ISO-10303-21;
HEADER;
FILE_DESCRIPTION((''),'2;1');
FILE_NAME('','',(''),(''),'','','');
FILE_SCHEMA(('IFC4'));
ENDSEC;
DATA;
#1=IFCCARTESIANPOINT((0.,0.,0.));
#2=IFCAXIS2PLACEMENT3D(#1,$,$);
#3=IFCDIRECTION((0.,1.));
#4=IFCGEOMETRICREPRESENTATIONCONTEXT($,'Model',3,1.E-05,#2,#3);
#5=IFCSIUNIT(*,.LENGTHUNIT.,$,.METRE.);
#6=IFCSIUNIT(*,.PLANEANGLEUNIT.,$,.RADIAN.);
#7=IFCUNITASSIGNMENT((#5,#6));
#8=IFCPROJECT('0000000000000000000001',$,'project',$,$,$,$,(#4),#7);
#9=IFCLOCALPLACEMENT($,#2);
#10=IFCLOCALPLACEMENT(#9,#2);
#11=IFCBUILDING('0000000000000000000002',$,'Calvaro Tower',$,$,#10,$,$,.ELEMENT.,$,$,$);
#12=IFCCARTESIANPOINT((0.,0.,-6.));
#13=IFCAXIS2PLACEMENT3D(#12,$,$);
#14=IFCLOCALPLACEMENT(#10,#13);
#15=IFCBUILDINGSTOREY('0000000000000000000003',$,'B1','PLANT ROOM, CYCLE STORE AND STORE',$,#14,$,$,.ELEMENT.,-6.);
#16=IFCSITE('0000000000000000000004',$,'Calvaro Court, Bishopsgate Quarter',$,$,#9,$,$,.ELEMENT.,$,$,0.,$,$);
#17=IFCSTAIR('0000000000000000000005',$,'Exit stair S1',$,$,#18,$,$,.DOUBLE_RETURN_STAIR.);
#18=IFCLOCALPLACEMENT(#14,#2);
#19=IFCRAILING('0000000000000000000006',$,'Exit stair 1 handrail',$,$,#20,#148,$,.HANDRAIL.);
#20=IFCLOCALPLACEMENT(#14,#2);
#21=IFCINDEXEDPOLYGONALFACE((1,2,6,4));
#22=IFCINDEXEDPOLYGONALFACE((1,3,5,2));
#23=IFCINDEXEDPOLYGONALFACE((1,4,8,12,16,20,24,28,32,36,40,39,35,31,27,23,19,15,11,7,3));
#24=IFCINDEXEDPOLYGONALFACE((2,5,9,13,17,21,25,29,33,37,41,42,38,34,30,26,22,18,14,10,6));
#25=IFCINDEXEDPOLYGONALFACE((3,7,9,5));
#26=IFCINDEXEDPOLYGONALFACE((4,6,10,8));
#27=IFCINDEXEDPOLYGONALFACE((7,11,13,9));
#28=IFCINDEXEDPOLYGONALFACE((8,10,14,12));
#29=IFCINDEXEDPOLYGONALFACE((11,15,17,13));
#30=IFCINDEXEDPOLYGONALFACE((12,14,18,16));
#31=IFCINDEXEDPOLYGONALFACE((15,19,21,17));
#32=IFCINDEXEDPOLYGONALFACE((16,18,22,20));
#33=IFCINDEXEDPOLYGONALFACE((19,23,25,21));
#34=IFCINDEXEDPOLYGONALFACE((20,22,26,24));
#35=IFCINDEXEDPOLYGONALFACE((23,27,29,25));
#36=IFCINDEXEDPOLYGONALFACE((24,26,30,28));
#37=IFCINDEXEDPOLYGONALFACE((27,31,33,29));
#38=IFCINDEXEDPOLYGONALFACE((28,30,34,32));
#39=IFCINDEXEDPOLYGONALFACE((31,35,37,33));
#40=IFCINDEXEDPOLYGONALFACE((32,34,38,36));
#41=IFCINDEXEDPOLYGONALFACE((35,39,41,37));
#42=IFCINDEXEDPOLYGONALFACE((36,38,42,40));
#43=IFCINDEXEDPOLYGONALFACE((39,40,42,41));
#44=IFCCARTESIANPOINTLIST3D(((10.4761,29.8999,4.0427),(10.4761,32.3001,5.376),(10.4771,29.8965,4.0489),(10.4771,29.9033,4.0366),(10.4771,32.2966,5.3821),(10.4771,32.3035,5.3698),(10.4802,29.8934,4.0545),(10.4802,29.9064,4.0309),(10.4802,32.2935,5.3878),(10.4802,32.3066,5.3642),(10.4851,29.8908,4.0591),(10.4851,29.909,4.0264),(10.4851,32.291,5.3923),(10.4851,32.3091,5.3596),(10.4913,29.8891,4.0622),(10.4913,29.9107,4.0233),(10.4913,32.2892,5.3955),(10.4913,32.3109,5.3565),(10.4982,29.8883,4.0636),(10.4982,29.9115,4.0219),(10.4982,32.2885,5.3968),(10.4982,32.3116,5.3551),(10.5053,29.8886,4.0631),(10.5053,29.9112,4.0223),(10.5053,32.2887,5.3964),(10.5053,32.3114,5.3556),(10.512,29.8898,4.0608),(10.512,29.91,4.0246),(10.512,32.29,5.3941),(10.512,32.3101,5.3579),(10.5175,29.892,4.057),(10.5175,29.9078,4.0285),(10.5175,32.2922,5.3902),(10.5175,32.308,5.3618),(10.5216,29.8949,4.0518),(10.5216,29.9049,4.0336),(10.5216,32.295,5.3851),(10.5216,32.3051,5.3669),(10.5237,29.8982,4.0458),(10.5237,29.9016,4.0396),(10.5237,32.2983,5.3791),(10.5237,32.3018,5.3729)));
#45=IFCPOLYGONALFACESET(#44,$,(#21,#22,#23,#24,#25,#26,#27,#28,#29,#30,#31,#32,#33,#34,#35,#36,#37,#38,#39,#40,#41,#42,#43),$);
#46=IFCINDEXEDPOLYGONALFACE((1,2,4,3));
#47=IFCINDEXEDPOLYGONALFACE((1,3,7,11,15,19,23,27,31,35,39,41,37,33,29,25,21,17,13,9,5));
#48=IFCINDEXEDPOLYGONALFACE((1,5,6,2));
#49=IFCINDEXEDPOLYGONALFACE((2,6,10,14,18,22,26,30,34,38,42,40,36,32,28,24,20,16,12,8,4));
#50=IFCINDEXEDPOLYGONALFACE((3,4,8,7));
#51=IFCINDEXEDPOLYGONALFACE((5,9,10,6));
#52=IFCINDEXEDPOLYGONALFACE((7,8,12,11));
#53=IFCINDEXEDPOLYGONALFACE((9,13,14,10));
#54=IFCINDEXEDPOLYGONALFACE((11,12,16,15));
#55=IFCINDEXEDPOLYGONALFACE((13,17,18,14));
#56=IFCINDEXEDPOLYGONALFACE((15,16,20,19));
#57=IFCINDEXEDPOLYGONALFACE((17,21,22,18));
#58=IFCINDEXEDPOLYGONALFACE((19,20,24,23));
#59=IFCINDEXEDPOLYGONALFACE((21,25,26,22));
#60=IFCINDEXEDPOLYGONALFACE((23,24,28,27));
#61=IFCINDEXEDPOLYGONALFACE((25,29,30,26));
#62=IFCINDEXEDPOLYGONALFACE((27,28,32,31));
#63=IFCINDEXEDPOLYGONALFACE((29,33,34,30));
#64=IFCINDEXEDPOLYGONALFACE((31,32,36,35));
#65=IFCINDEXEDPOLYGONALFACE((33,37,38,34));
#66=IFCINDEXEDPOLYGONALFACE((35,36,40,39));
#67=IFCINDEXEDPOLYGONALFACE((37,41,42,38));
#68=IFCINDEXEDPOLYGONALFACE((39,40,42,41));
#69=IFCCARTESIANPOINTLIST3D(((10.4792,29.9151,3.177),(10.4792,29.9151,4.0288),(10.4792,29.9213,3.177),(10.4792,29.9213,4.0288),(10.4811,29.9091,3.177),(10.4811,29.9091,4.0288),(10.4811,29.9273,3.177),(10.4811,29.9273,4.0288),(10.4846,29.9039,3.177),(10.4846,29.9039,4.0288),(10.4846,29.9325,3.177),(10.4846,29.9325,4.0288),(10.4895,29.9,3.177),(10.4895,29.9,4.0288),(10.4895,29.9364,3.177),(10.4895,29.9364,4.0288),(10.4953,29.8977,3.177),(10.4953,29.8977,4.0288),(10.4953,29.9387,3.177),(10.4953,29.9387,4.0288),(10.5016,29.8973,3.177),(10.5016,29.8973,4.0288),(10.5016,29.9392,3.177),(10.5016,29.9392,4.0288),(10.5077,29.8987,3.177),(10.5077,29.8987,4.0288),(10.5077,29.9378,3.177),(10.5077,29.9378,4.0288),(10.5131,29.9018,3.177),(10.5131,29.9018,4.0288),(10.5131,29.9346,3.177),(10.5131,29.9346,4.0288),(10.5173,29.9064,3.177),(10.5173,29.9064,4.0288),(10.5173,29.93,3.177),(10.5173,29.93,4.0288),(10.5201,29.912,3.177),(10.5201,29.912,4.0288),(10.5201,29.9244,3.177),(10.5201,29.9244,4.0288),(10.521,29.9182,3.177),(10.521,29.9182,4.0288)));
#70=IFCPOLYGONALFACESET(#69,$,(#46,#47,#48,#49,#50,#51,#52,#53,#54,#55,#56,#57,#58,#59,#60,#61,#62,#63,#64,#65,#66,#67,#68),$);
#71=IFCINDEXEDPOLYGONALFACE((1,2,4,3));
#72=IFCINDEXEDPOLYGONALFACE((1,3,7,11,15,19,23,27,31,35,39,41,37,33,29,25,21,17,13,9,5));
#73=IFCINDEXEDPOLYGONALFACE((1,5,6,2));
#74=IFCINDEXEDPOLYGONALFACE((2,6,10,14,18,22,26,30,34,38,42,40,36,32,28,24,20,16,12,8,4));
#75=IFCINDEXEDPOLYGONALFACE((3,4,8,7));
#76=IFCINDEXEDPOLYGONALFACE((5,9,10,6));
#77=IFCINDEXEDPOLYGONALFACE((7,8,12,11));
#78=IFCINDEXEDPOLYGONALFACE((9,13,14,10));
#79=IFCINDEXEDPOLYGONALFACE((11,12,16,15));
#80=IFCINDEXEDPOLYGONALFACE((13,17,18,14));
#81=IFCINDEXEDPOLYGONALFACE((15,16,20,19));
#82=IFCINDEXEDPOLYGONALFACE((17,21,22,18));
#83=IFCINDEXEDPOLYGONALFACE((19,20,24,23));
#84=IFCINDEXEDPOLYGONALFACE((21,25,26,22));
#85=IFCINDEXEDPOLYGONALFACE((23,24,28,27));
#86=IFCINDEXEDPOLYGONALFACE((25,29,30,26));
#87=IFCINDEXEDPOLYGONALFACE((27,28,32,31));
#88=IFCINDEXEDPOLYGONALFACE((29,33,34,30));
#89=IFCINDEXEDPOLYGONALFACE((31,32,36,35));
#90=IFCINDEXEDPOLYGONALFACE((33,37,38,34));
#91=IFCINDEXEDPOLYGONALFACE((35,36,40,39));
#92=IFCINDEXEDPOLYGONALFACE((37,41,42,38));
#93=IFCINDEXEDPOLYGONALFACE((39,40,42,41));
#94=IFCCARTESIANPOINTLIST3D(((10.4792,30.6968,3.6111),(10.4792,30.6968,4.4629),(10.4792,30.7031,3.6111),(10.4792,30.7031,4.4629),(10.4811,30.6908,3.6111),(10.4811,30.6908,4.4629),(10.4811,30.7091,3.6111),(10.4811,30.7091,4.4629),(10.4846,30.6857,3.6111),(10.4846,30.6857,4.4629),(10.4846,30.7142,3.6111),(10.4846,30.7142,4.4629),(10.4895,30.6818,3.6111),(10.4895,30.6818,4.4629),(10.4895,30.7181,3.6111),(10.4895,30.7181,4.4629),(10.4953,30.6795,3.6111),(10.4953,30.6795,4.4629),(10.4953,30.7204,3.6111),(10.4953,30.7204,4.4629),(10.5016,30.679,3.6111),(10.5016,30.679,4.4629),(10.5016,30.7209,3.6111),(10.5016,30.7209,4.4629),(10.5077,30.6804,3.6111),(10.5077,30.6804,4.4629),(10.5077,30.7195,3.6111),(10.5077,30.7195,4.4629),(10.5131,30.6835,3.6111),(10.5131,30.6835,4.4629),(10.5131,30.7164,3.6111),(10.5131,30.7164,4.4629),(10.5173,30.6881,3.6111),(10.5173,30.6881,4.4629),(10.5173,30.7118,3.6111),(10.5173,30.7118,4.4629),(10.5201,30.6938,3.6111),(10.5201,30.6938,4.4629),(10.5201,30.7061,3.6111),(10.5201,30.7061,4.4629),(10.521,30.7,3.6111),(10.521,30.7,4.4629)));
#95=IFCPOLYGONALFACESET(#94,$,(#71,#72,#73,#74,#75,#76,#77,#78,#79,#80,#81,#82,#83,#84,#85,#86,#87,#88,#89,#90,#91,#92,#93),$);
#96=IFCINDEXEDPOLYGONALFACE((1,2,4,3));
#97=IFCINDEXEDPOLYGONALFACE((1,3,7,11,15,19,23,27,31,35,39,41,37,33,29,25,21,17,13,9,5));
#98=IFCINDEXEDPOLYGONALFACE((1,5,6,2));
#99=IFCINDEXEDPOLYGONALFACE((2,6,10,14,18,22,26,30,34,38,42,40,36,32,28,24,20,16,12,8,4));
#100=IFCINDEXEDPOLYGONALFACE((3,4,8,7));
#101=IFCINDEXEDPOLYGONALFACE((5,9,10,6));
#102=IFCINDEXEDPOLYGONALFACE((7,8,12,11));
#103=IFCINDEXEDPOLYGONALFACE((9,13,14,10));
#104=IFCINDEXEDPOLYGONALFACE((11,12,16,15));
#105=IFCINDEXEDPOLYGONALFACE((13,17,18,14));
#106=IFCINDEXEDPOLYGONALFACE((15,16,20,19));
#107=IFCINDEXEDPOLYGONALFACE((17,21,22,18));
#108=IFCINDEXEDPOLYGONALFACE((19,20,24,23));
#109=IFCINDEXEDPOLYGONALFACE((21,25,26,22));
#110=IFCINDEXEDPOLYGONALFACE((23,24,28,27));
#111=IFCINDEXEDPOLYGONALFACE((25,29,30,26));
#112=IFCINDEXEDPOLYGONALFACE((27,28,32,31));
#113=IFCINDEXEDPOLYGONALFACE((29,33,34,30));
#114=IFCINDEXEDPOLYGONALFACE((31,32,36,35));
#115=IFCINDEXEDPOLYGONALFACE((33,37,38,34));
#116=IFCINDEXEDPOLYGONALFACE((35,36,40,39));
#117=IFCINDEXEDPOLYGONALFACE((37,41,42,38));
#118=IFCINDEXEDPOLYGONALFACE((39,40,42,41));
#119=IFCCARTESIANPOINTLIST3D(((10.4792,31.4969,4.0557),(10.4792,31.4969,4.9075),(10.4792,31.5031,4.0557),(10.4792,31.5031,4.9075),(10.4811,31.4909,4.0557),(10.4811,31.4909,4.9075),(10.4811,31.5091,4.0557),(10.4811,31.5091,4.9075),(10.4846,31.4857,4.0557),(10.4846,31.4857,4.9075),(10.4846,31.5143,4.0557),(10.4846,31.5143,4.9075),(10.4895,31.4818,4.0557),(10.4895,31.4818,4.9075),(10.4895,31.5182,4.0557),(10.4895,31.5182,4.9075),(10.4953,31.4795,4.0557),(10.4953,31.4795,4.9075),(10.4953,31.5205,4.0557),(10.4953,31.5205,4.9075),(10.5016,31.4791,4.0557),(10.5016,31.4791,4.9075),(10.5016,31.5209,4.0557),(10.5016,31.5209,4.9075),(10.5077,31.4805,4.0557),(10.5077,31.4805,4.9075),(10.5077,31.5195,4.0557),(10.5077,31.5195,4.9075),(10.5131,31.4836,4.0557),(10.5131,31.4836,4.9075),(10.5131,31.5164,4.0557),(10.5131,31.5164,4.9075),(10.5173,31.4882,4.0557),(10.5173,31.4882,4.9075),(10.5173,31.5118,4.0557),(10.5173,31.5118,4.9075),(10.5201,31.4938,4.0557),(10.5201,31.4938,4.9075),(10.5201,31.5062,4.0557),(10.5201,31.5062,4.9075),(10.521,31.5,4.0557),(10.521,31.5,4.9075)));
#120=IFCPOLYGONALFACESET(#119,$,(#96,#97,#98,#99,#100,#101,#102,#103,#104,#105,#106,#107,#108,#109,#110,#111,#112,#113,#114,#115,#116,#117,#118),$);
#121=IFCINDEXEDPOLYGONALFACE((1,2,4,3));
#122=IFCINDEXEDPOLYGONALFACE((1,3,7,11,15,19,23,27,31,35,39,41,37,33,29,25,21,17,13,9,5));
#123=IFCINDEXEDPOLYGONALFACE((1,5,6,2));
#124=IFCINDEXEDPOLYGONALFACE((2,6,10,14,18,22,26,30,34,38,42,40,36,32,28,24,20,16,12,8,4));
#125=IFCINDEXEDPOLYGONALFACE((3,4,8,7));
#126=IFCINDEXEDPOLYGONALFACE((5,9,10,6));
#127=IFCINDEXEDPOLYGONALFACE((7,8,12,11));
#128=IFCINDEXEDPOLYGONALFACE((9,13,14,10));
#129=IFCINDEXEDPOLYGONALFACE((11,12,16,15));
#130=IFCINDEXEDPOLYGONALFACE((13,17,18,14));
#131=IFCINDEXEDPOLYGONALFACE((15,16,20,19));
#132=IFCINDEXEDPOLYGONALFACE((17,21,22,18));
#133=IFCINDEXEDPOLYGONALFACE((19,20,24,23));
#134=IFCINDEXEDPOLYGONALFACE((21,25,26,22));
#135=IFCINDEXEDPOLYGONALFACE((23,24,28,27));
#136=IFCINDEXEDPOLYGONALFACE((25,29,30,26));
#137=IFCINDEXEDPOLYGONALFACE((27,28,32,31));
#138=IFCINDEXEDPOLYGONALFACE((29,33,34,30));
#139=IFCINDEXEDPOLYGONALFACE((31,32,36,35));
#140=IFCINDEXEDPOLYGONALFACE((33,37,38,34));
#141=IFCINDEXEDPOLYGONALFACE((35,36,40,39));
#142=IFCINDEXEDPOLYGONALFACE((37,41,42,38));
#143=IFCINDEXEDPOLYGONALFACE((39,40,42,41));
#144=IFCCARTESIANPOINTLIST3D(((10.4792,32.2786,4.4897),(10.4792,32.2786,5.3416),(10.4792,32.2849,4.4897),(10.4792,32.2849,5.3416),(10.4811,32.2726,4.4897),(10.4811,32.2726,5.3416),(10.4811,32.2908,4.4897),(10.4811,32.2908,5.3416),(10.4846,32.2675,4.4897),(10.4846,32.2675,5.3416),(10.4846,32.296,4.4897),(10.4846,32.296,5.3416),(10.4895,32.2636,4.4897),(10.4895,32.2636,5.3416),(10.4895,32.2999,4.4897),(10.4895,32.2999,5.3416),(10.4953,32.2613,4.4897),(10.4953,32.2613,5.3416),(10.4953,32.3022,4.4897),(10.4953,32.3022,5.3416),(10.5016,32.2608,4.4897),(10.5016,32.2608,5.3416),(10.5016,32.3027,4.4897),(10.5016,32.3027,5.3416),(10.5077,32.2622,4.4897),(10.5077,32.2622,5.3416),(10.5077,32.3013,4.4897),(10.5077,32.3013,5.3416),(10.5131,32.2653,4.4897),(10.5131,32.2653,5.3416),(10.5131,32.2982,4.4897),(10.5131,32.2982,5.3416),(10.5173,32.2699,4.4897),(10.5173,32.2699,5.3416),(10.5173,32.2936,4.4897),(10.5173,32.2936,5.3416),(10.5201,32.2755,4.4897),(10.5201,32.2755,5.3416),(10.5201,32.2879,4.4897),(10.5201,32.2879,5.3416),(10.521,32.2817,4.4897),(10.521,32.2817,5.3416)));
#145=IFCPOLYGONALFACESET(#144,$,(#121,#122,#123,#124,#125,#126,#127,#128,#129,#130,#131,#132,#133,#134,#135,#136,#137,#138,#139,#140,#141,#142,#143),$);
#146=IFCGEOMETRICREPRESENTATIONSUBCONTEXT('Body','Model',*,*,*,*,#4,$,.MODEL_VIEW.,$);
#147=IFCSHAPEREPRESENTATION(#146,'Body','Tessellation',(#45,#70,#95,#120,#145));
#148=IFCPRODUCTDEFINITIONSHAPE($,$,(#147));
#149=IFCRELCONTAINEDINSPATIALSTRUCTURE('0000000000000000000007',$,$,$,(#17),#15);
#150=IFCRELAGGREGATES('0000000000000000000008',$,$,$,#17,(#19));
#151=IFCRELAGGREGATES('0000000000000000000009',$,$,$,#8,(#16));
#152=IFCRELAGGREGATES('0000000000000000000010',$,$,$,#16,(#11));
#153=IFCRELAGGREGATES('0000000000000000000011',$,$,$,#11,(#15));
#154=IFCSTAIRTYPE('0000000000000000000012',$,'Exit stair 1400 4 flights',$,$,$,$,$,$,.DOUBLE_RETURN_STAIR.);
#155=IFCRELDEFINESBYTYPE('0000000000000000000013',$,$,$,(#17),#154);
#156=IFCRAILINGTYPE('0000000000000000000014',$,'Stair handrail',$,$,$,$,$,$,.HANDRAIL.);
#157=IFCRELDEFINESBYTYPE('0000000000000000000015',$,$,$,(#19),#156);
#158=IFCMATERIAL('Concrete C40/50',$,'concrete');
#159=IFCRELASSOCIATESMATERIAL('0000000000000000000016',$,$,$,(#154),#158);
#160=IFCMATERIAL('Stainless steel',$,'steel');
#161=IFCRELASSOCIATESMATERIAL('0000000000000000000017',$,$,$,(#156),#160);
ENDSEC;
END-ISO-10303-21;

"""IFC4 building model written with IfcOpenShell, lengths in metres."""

from ifc_helpers import new_model, si_unit, direction, frame, origin, origin_2d, place, context, subcontext, project, spatial, circle, extrude, material, type_object, element, aggregate, save


model = new_model("IFC4")

# Units and contexts
model_context = context("Model", 3, precision=1e-05, world=origin(), true_north=direction((0.0, 1.0)))
body_context = subcontext(model_context, "Body", "Model", "MODEL_VIEW")
ifc_project = project(units=[si_unit("LENGTHUNIT", "METRE"), si_unit("PLANEANGLEUNIT", "RADIAN")], contexts=[model_context])

# Site, building, storey
site_placement = place(None, origin())
site = spatial("IfcSite", under=ifc_project, at=site_placement, Name="Calvaro Court, Bishopsgate Quarter", CompositionType="ELEMENT", RefElevation=0.0)
building_placement = place(site_placement, origin())
building = spatial("IfcBuilding", under=site, at=building_placement, Name="Calvaro Tower", CompositionType="ELEMENT")
storey_placement = place(building_placement, frame((0.0, 0.0, -6.0)))
storey = spatial("IfcBuildingStorey", under=building, at=storey_placement, Name="B1", Description="PLANT ROOM, CYCLE STORE AND STORE", CompositionType="ELEMENT", Elevation=-6.0)

# Stair, railing
ifc_material_1 = material(Name="Concrete C40/50", Category="concrete")
stair_type = type_object("IfcStairType", Name="Exit stair 1400 4 flights", PredefinedType="DOUBLE_RETURN_STAIR", material=ifc_material_1)
stair_placement = place(storey_placement, origin())
stair = element("IfcStair", 1, at=stair_placement, inside=storey, type_object=stair_type, Name="Exit stair S1", PredefinedType="DOUBLE_RETURN_STAIR")
ifc_material_2 = material(Name="Stainless steel", Category="steel")
railing_type = type_object("IfcRailingType", Name="Stair handrail", PredefinedType="HANDRAIL", material=ifc_material_2)
railing_1_placement = place(storey_placement, frame((10.5, 29.8999, 3.1667)))
railing_1 = element("IfcRailing", 2, at=railing_1_placement, type_object=railing_type, Name="Exit stair 1 handrail", PredefinedType="HANDRAIL", context=body_context, shape_type="SweptSolid", body=[
    extrude(circle(Radius=0.0239, at=origin_2d()), frame((0.0, 0.0, 0.876), z_axis=(0.0, 0.874182, 0.485598), x_axis=(-1.0, 0.0, 0.0)), (0.0, 0.0, 1.0), 2.7456),
    extrude(circle(Radius=0.021, at=origin_2d()), frame((0.0, 0.0183, 0.0103)), (0.0, 0.0, 1.0), 0.8518),
    extrude(circle(Radius=0.021, at=origin_2d()), frame((0.0, 0.8, 0.4443)), (0.0, 0.0, 1.0), 0.8518),
    extrude(circle(Radius=0.021, at=origin_2d()), frame((0.0, 1.6001, 0.8889)), (0.0, 0.0, 1.0), 0.8518),
    extrude(circle(Radius=0.021, at=origin_2d()), frame((0.0, 2.3818, 1.323)), (0.0, 0.0, 1.0), 0.8518),
])
aggregate(stair, [railing_1])

save(model, "model.ifc")
